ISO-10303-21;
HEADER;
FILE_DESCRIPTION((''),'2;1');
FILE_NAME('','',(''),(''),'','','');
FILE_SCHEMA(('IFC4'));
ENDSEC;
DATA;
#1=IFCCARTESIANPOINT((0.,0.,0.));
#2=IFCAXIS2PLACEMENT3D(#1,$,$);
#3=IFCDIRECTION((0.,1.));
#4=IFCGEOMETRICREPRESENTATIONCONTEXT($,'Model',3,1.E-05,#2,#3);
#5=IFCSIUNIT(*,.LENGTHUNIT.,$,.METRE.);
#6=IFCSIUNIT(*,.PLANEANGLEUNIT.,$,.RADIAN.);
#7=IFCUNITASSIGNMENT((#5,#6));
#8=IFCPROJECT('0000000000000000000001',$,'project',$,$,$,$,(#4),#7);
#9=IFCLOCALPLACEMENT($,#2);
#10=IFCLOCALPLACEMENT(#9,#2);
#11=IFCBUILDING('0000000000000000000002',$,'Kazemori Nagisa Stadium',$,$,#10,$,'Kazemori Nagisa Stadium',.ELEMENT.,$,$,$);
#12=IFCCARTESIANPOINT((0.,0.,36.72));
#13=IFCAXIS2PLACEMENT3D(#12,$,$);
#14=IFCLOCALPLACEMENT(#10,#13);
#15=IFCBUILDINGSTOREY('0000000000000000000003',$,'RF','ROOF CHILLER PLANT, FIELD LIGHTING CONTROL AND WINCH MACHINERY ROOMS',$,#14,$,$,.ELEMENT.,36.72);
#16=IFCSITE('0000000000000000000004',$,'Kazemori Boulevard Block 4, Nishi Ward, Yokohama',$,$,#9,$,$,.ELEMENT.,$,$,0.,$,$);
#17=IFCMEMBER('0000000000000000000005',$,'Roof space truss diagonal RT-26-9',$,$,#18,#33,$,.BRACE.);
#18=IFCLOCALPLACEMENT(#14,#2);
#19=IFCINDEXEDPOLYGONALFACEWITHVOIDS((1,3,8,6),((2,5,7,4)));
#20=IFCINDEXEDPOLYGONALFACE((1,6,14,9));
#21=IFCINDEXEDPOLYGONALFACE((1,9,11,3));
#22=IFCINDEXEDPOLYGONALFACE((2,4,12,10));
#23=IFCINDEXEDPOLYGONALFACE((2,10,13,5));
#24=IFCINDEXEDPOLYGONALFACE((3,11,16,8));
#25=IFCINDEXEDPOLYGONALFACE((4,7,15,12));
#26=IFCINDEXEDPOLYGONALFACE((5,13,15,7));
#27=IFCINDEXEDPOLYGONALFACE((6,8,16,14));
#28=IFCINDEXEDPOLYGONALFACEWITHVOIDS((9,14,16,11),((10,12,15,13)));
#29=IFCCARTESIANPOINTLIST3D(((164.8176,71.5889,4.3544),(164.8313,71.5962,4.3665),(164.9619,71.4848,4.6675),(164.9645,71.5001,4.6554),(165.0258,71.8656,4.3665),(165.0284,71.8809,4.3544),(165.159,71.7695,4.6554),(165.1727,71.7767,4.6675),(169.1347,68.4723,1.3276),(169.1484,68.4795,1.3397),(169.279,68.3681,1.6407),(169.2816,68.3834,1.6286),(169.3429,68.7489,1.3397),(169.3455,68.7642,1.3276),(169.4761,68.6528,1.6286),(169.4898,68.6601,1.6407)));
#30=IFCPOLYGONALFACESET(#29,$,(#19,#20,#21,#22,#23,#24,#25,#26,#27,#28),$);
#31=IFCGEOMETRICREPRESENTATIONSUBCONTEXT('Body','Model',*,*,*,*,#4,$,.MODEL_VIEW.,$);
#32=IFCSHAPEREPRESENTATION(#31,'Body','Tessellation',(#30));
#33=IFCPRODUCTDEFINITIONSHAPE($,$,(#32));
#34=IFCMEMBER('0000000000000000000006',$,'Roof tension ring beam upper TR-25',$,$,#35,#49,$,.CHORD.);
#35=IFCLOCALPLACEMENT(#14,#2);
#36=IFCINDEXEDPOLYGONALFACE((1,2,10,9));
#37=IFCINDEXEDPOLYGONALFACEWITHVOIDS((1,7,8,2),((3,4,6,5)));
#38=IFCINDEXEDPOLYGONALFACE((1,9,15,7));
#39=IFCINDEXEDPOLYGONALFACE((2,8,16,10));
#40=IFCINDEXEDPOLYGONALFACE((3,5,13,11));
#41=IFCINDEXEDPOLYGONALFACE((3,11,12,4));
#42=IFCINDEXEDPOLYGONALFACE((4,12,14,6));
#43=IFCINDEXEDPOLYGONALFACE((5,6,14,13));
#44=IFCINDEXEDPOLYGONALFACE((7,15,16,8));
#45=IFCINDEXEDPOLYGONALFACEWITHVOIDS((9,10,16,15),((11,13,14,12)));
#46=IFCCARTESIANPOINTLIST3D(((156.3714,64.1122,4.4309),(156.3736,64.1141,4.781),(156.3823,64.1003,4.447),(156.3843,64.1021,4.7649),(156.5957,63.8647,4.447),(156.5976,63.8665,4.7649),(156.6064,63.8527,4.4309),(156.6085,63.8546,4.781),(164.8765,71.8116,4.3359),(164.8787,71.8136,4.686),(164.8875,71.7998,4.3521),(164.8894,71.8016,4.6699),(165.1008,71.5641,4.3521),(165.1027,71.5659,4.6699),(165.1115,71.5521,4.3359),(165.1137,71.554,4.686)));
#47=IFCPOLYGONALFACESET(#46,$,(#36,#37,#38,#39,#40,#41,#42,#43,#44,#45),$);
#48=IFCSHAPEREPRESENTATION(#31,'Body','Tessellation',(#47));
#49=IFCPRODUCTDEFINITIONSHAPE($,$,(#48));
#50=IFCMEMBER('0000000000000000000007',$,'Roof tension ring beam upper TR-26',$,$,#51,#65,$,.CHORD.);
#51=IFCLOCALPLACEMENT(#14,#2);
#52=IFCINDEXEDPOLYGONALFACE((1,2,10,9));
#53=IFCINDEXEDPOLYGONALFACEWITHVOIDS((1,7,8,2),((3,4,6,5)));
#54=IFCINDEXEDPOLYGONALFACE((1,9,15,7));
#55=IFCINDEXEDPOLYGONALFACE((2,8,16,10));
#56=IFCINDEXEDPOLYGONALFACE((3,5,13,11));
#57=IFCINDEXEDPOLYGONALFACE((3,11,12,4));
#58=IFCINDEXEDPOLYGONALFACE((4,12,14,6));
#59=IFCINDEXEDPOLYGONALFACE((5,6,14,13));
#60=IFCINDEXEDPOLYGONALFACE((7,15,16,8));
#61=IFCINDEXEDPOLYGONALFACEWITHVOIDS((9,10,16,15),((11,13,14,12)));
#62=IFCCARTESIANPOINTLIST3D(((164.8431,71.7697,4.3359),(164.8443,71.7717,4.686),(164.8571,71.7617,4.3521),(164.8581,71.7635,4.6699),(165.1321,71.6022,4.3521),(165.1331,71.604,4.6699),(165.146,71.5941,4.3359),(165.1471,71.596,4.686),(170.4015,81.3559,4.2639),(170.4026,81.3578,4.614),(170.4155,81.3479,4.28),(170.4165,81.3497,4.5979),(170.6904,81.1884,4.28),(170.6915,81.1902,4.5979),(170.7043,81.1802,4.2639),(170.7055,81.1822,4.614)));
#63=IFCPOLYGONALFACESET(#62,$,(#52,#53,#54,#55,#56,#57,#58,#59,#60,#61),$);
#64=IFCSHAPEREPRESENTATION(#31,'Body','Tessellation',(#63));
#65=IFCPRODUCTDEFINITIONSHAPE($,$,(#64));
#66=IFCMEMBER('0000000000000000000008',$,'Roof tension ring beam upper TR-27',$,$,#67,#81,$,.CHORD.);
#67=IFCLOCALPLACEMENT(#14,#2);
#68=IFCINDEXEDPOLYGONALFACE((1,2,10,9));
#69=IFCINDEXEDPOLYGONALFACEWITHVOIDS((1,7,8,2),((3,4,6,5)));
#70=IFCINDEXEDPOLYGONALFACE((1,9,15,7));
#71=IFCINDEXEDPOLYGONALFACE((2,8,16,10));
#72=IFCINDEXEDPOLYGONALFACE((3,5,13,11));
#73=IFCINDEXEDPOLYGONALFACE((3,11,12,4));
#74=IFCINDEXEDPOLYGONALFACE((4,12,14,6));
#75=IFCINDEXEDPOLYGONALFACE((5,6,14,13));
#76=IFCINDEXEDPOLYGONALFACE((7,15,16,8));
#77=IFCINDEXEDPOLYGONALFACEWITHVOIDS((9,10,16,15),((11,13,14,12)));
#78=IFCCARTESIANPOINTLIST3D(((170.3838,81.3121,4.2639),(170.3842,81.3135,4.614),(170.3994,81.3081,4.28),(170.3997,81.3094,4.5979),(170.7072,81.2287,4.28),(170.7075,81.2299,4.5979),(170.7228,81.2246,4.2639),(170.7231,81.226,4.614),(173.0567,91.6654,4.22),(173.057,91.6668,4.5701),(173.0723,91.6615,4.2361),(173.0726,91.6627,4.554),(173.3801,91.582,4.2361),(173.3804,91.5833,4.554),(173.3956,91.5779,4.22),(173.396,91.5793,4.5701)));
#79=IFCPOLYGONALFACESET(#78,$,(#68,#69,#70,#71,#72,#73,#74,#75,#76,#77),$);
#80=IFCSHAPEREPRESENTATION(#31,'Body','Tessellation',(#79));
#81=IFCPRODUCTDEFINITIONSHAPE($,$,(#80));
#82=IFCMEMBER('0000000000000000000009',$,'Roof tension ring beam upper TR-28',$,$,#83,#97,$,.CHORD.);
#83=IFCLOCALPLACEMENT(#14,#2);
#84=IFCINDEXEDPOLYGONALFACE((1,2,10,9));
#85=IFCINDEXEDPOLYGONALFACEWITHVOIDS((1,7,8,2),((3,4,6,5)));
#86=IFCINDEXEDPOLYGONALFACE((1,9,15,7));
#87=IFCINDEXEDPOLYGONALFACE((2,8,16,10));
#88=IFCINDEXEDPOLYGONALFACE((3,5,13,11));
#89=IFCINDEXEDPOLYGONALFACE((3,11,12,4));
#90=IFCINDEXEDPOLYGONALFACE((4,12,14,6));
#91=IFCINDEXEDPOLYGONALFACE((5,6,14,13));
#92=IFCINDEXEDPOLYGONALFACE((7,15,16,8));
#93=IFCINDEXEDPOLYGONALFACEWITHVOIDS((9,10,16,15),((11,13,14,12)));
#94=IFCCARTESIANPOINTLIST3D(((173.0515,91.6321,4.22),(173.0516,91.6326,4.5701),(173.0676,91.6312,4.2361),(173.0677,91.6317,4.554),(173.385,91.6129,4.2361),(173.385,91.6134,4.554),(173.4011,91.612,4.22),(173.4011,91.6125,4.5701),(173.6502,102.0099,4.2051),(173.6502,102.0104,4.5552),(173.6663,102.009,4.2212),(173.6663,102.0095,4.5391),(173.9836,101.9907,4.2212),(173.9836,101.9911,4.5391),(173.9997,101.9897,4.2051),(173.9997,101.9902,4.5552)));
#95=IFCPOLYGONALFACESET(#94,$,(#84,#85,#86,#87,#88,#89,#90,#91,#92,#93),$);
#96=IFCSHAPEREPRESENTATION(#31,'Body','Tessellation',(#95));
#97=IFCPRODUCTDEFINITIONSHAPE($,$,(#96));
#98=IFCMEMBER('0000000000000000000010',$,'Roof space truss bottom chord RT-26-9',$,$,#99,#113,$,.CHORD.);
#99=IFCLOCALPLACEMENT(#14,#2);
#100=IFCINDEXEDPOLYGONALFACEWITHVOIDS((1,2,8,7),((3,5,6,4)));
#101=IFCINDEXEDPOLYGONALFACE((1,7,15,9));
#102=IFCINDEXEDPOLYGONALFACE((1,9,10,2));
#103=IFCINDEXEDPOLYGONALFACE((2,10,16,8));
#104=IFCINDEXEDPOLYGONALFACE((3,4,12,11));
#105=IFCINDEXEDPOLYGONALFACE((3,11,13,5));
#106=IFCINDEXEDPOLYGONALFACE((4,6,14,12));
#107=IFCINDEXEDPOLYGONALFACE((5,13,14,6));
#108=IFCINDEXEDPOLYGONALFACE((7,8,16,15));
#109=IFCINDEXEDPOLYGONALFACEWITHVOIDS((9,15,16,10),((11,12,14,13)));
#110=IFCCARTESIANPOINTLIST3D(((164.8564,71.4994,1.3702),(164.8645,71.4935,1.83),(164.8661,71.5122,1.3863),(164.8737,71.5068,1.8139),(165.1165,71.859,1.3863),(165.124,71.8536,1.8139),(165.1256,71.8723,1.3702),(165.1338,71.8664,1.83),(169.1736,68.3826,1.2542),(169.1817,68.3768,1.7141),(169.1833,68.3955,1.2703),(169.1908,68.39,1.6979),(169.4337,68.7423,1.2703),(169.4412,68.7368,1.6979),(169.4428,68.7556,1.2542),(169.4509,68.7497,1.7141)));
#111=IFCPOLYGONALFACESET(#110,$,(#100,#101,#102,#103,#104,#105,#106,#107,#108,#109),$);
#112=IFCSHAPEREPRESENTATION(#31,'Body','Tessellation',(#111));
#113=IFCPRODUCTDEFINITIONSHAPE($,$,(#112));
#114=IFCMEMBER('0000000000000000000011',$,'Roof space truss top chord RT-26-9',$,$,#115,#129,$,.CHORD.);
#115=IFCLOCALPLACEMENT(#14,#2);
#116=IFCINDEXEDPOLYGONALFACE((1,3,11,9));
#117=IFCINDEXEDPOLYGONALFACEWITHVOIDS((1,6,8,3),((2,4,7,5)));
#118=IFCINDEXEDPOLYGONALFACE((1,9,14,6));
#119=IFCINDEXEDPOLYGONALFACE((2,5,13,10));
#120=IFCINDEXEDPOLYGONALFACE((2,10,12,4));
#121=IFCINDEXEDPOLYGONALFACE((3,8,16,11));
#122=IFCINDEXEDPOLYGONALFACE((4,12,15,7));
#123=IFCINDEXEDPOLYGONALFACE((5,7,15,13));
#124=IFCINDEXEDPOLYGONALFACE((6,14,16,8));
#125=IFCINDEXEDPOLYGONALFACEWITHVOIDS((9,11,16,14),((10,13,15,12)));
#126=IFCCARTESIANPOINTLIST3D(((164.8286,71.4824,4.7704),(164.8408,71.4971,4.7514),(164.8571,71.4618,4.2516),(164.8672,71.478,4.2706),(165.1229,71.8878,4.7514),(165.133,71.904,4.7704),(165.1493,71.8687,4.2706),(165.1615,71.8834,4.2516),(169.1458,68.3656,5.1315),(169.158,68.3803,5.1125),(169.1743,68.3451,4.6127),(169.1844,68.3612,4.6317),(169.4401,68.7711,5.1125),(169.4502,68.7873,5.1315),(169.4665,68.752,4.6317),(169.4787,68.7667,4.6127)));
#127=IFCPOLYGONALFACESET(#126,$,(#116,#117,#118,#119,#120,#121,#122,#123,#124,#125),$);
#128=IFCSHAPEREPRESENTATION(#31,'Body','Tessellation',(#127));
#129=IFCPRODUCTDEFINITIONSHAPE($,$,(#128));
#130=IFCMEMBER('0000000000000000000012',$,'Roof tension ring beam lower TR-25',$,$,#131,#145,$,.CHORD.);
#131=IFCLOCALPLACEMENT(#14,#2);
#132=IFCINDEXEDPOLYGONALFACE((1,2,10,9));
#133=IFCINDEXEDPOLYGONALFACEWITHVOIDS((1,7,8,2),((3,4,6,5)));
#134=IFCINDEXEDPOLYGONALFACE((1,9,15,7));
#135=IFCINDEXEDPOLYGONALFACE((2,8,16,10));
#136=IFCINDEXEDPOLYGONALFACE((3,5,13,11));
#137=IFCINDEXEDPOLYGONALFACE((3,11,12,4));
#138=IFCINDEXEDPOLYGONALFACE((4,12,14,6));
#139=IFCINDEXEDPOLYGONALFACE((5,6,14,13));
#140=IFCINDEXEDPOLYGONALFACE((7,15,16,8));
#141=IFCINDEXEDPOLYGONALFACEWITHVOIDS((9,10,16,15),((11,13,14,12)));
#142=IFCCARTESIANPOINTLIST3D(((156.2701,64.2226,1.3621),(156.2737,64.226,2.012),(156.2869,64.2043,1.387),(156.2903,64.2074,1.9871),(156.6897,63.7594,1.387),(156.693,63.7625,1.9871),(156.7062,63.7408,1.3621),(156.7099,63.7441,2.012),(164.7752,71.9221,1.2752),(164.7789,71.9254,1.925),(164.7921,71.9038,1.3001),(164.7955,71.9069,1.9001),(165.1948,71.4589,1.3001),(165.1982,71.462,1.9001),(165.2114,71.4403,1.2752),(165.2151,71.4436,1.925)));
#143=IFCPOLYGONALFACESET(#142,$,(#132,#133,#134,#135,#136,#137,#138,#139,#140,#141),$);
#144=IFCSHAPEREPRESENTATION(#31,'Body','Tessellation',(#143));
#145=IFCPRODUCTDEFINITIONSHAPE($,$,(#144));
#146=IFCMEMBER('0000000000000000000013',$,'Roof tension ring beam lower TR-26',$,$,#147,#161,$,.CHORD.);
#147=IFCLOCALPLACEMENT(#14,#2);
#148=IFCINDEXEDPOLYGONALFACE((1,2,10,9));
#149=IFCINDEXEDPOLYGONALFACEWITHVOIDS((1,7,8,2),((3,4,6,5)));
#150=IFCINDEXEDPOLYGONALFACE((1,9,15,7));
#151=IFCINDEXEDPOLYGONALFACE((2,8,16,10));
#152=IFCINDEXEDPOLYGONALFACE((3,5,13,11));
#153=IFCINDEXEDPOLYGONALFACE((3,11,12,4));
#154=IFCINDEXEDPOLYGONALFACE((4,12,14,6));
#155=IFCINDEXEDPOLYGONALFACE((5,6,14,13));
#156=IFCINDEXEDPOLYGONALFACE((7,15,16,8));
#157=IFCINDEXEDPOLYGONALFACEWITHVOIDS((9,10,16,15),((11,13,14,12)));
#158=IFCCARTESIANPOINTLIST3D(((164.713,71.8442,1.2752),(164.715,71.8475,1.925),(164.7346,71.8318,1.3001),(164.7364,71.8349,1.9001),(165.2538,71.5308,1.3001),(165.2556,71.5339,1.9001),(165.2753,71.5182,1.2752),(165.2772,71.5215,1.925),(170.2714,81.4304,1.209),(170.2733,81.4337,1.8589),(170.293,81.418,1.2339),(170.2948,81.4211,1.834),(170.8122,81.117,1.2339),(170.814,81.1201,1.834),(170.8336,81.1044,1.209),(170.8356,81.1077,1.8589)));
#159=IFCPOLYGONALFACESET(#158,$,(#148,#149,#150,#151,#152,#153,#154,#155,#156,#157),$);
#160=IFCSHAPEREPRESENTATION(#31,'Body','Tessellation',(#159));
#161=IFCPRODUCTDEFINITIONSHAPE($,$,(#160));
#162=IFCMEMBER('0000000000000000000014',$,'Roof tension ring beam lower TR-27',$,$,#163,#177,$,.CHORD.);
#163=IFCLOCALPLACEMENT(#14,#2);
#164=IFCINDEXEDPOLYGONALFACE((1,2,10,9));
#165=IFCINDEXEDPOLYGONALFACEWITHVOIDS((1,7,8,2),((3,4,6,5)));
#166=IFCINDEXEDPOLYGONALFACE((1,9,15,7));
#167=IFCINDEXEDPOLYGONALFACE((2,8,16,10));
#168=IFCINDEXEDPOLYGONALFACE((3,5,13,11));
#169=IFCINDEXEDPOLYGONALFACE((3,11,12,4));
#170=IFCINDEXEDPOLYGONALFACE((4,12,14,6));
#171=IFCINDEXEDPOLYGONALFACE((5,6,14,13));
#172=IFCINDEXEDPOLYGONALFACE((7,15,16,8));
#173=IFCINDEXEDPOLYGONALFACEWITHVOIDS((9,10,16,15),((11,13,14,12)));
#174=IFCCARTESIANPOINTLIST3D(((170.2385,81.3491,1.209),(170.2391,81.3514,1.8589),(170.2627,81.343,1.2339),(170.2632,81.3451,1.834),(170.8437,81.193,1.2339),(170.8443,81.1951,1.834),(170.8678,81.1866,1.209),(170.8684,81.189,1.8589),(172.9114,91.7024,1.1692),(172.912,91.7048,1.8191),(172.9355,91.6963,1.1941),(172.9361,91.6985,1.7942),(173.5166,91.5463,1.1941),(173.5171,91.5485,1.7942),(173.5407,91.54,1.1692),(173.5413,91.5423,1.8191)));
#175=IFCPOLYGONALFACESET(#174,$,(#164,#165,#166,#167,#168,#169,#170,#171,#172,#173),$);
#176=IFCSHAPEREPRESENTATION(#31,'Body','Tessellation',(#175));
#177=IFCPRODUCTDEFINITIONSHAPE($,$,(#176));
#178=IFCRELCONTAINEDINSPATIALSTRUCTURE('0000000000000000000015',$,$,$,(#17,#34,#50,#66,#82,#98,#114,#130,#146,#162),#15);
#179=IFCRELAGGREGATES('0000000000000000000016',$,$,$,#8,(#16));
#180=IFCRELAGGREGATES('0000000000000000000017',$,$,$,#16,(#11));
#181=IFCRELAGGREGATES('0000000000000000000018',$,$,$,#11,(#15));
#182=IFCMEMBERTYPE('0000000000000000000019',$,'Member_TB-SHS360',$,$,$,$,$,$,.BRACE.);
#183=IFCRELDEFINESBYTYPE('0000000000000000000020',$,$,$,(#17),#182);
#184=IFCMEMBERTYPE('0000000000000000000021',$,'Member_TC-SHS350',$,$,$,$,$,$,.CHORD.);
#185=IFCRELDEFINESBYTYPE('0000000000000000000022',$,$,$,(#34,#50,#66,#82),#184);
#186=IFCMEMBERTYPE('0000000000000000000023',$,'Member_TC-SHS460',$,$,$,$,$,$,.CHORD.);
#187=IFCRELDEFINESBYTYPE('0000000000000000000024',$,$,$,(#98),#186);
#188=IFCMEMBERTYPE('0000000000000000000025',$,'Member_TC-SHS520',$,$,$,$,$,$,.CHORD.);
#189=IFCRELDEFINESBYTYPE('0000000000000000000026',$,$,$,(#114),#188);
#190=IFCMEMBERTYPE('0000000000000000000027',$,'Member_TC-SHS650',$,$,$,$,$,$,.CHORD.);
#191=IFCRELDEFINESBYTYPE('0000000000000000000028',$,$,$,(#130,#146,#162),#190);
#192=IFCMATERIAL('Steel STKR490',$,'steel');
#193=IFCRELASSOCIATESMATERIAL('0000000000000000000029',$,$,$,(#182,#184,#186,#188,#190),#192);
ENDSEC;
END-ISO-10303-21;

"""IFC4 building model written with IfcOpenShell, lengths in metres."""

from ifc_helpers import new_model, si_unit, direction, frame, origin, origin_2d, place, context, subcontext, project, spatial, hollow_rectangle, extrude, material, material_profile, profile_set, type_object, element, save


model = new_model("IFC4")

# Units and contexts
model_context = context("Model", 3, precision=1e-05, world=origin(), true_north=direction((0.0, 1.0)))
body_context = subcontext(model_context, "Body", "Model", "MODEL_VIEW")
ifc_project = project(units=[si_unit("LENGTHUNIT", "METRE"), si_unit("PLANEANGLEUNIT", "RADIAN")], contexts=[model_context])

# Site, building, storey
site_placement = place(None, origin())
site = spatial("IfcSite", under=ifc_project, at=site_placement, Name="Kazemori Boulevard Block 4, Nishi Ward, Yokohama", CompositionType="ELEMENT", RefElevation=0.0)
building_placement = place(site_placement, origin())
building = spatial("IfcBuilding", under=site, at=building_placement, Name="Kazemori Nagisa Stadium", LongName="Kazemori Nagisa Stadium", CompositionType="ELEMENT")
storey_placement = place(building_placement, frame((0.0, 0.0, 36.72)))
storey = spatial("IfcBuildingStorey", under=building, at=storey_placement, Name="RF", Description="ROOF CHILLER PLANT, FIELD LIGHTING CONTROL AND WINCH MACHINERY ROOMS", CompositionType="ELEMENT", Elevation=36.72)

# Members
ifc_material = material(Name="Steel STKR490", Category="steel")
ifc_material_profile_1 = material_profile(ifc_material, hollow_rectangle(XDim=0.3601, YDim=0.3601, WallThickness=0.0139, at=origin_2d()), Name="SHS-360x360x14")
ifc_profile_set_1 = profile_set([ifc_material_profile_1], Name="Steel STKR490")
member_type_1 = type_object("IfcMemberType", Name="Member_TB-SHS360", PredefinedType="BRACE", material=ifc_profile_set_1)
member_1_placement = place(storey_placement, frame((169.3123, 68.5662, 1.4841), z_axis=(-0.70486, 0.508864, 0.494195), x_axis=(-0.585338, -0.810789, 0.0)))
element("IfcMember", 1, at=member_1_placement, inside=storey, type_object=member_type_1, Name="Roof space truss diagonal RT-26-9", PredefinedType="BRACE", context=body_context, shape_type="SweptSolid", body=[
    extrude(hollow_rectangle(XDim=0.3601, YDim=0.3601, WallThickness=0.0139, at=origin_2d()), origin(), (0.0, 0.0, 1.0), 6.1248),
])
ifc_material_profile_2 = material_profile(ifc_material, hollow_rectangle(XDim=0.3501, YDim=0.3501, WallThickness=0.0161, at=origin_2d()), Name="SHS-350x350x16")
ifc_profile_set_2 = profile_set([ifc_material_profile_2], Name="Steel STKR490")
member_type_2 = type_object("IfcMemberType", Name="Member_TC-SHS350", PredefinedType="CHORD", material=ifc_profile_set_2)
member_2_placement = place(storey_placement, frame((156.49, 63.9834, 4.606), z_axis=(0.741322, 0.671099, -0.008278), x_axis=(-0.671122, 0.741347, 0.0)))
element("IfcMember", 2, at=member_2_placement, inside=storey, type_object=member_type_2, Name="Roof tension ring beam upper TR-25", PredefinedType="CHORD", context=body_context, shape_type="SweptSolid", body=[
    extrude(hollow_rectangle(XDim=0.3501, YDim=0.3501, WallThickness=0.0161, at=origin_2d()), origin(), (0.0, 0.0, 1.0), 11.4729),
])
member_3_placement = place(storey_placement, frame((164.9951, 71.6829, 4.511), z_axis=(0.501597, 0.865077, -0.006499), x_axis=(-0.865095, 0.501608, 0.0)))
element("IfcMember", 3, at=member_3_placement, inside=storey, type_object=member_type_2, Name="Roof tension ring beam upper TR-26", PredefinedType="CHORD", context=body_context, shape_type="SweptSolid", body=[
    extrude(hollow_rectangle(XDim=0.3501, YDim=0.3501, WallThickness=0.0161, at=origin_2d()), origin(), (0.0, 0.0, 1.0), 11.0813),
])
member_4_placement = place(storey_placement, frame((170.5535, 81.269, 4.439), z_axis=(0.249967, 0.968246, -0.00411), x_axis=(-0.968254, 0.249969, 0.0)))
element("IfcMember", 4, at=member_4_placement, inside=storey, type_object=member_type_2, Name="Roof tension ring beam upper TR-27", PredefinedType="CHORD", context=body_context, shape_type="SweptSolid", body=[
    extrude(hollow_rectangle(XDim=0.3501, YDim=0.3501, WallThickness=0.0161, at=origin_2d()), origin(), (0.0, 0.0, 1.0), 10.6929),
])
member_5_placement = place(storey_placement, frame((173.2263, 91.6223, 4.395), z_axis=(0.057589, 0.998339, -0.001433), x_axis=(-0.99834, 0.057589, 0.0)))
element("IfcMember", 5, at=member_5_placement, inside=storey, type_object=member_type_2, Name="Roof tension ring beam upper TR-28", PredefinedType="CHORD", context=body_context, shape_type="SweptSolid", body=[
    extrude(hollow_rectangle(XDim=0.3501, YDim=0.3501, WallThickness=0.0161, at=origin_2d()), origin(), (0.0, 0.0, 1.0), 10.395),
])
ifc_material_profile_3 = material_profile(ifc_material, hollow_rectangle(XDim=0.46, YDim=0.46, WallThickness=0.0161, at=origin_2d()), Name="SHS-460x460x16")
ifc_profile_set_3 = profile_set([ifc_material_profile_3], Name="Steel STKR490")
member_type_3 = type_object("IfcMemberType", Name="Member_TC-SHS460", PredefinedType="CHORD", material=ifc_profile_set_3)
member_6_placement = place(storey_placement, frame((169.3123, 68.5662, 1.4841), z_axis=(-0.810597, 0.585199, 0.021774), x_axis=(-0.585338, -0.810789, 0.0)))
element("IfcMember", 6, at=member_6_placement, inside=storey, type_object=member_type_3, Name="Roof space truss bottom chord RT-26-9", PredefinedType="CHORD", context=body_context, shape_type="SweptSolid", body=[
    extrude(hollow_rectangle(XDim=0.46, YDim=0.46, WallThickness=0.0161, at=origin_2d()), origin(), (0.0, 0.0, 1.0), 5.3259),
])
ifc_material_profile_4 = material_profile(ifc_material, hollow_rectangle(XDim=0.52, YDim=0.52, WallThickness=0.019, at=origin_2d()), Name="SHS-520x520x19")
ifc_profile_set_4 = profile_set([ifc_material_profile_4], Name="Steel STKR490")
member_type_4 = type_object("IfcMemberType", Name="Member_TC-SHS520", PredefinedType="CHORD", material=ifc_profile_set_4)
member_7_placement = place(storey_placement, frame((169.3123, 68.5662, 4.8721), z_axis=(-0.808931, 0.583997, -0.067659), x_axis=(-0.585338, -0.810789, 0.0)))
element("IfcMember", 7, at=member_7_placement, inside=storey, type_object=member_type_4, Name="Roof space truss top chord RT-26-9", PredefinedType="CHORD", context=body_context, shape_type="SweptSolid", body=[
    extrude(hollow_rectangle(XDim=0.52, YDim=0.52, WallThickness=0.019, at=origin_2d()), origin(), (0.0, 0.0, 1.0), 5.3369),
])
ifc_material_profile_5 = material_profile(ifc_material, hollow_rectangle(XDim=0.6499, YDim=0.6499, WallThickness=0.0249, at=origin_2d()), Name="SHS-650x650x25")
ifc_profile_set_5 = profile_set([ifc_material_profile_5], Name="Steel STKR490")
member_type_5 = type_object("IfcMemberType", Name="Member_TC-SHS650", PredefinedType="CHORD", material=ifc_profile_set_5)
member_8_placement = place(storey_placement, frame((156.49, 63.9834, 1.687), z_axis=(0.741326, 0.671102, -0.007576), x_axis=(-0.671122, 0.741347, 0.0)))
element("IfcMember", 8, at=member_8_placement, inside=storey, type_object=member_type_5, Name="Roof tension ring beam lower TR-25", PredefinedType="CHORD", context=body_context, shape_type="SweptSolid", body=[
    extrude(hollow_rectangle(XDim=0.6499, YDim=0.6499, WallThickness=0.0249, at=origin_2d()), origin(), (0.0, 0.0, 1.0), 11.4729),
])
member_9_placement = place(storey_placement, frame((164.9951, 71.6829, 1.6001), z_axis=(0.501599, 0.86508, -0.005971), x_axis=(-0.865095, 0.501608, 0.0)))
element("IfcMember", 9, at=member_9_placement, inside=storey, type_object=member_type_5, Name="Roof tension ring beam lower TR-26", PredefinedType="CHORD", context=body_context, shape_type="SweptSolid", body=[
    extrude(hollow_rectangle(XDim=0.6499, YDim=0.6499, WallThickness=0.0249, at=origin_2d()), origin(), (0.0, 0.0, 1.0), 11.0813),
])
member_10_placement = place(storey_placement, frame((170.5535, 81.269, 1.5339), z_axis=(0.249967, 0.968247, -0.003722), x_axis=(-0.968254, 0.249969, 0.0)))
element("IfcMember", 10, at=member_10_placement, inside=storey, type_object=member_type_5, Name="Roof tension ring beam lower TR-27", PredefinedType="CHORD", context=body_context, shape_type="SweptSolid", body=[
    extrude(hollow_rectangle(XDim=0.6499, YDim=0.6499, WallThickness=0.0249, at=origin_2d()), origin(), (0.0, 0.0, 1.0), 10.6929),
])

save(model, "model.ifc")
